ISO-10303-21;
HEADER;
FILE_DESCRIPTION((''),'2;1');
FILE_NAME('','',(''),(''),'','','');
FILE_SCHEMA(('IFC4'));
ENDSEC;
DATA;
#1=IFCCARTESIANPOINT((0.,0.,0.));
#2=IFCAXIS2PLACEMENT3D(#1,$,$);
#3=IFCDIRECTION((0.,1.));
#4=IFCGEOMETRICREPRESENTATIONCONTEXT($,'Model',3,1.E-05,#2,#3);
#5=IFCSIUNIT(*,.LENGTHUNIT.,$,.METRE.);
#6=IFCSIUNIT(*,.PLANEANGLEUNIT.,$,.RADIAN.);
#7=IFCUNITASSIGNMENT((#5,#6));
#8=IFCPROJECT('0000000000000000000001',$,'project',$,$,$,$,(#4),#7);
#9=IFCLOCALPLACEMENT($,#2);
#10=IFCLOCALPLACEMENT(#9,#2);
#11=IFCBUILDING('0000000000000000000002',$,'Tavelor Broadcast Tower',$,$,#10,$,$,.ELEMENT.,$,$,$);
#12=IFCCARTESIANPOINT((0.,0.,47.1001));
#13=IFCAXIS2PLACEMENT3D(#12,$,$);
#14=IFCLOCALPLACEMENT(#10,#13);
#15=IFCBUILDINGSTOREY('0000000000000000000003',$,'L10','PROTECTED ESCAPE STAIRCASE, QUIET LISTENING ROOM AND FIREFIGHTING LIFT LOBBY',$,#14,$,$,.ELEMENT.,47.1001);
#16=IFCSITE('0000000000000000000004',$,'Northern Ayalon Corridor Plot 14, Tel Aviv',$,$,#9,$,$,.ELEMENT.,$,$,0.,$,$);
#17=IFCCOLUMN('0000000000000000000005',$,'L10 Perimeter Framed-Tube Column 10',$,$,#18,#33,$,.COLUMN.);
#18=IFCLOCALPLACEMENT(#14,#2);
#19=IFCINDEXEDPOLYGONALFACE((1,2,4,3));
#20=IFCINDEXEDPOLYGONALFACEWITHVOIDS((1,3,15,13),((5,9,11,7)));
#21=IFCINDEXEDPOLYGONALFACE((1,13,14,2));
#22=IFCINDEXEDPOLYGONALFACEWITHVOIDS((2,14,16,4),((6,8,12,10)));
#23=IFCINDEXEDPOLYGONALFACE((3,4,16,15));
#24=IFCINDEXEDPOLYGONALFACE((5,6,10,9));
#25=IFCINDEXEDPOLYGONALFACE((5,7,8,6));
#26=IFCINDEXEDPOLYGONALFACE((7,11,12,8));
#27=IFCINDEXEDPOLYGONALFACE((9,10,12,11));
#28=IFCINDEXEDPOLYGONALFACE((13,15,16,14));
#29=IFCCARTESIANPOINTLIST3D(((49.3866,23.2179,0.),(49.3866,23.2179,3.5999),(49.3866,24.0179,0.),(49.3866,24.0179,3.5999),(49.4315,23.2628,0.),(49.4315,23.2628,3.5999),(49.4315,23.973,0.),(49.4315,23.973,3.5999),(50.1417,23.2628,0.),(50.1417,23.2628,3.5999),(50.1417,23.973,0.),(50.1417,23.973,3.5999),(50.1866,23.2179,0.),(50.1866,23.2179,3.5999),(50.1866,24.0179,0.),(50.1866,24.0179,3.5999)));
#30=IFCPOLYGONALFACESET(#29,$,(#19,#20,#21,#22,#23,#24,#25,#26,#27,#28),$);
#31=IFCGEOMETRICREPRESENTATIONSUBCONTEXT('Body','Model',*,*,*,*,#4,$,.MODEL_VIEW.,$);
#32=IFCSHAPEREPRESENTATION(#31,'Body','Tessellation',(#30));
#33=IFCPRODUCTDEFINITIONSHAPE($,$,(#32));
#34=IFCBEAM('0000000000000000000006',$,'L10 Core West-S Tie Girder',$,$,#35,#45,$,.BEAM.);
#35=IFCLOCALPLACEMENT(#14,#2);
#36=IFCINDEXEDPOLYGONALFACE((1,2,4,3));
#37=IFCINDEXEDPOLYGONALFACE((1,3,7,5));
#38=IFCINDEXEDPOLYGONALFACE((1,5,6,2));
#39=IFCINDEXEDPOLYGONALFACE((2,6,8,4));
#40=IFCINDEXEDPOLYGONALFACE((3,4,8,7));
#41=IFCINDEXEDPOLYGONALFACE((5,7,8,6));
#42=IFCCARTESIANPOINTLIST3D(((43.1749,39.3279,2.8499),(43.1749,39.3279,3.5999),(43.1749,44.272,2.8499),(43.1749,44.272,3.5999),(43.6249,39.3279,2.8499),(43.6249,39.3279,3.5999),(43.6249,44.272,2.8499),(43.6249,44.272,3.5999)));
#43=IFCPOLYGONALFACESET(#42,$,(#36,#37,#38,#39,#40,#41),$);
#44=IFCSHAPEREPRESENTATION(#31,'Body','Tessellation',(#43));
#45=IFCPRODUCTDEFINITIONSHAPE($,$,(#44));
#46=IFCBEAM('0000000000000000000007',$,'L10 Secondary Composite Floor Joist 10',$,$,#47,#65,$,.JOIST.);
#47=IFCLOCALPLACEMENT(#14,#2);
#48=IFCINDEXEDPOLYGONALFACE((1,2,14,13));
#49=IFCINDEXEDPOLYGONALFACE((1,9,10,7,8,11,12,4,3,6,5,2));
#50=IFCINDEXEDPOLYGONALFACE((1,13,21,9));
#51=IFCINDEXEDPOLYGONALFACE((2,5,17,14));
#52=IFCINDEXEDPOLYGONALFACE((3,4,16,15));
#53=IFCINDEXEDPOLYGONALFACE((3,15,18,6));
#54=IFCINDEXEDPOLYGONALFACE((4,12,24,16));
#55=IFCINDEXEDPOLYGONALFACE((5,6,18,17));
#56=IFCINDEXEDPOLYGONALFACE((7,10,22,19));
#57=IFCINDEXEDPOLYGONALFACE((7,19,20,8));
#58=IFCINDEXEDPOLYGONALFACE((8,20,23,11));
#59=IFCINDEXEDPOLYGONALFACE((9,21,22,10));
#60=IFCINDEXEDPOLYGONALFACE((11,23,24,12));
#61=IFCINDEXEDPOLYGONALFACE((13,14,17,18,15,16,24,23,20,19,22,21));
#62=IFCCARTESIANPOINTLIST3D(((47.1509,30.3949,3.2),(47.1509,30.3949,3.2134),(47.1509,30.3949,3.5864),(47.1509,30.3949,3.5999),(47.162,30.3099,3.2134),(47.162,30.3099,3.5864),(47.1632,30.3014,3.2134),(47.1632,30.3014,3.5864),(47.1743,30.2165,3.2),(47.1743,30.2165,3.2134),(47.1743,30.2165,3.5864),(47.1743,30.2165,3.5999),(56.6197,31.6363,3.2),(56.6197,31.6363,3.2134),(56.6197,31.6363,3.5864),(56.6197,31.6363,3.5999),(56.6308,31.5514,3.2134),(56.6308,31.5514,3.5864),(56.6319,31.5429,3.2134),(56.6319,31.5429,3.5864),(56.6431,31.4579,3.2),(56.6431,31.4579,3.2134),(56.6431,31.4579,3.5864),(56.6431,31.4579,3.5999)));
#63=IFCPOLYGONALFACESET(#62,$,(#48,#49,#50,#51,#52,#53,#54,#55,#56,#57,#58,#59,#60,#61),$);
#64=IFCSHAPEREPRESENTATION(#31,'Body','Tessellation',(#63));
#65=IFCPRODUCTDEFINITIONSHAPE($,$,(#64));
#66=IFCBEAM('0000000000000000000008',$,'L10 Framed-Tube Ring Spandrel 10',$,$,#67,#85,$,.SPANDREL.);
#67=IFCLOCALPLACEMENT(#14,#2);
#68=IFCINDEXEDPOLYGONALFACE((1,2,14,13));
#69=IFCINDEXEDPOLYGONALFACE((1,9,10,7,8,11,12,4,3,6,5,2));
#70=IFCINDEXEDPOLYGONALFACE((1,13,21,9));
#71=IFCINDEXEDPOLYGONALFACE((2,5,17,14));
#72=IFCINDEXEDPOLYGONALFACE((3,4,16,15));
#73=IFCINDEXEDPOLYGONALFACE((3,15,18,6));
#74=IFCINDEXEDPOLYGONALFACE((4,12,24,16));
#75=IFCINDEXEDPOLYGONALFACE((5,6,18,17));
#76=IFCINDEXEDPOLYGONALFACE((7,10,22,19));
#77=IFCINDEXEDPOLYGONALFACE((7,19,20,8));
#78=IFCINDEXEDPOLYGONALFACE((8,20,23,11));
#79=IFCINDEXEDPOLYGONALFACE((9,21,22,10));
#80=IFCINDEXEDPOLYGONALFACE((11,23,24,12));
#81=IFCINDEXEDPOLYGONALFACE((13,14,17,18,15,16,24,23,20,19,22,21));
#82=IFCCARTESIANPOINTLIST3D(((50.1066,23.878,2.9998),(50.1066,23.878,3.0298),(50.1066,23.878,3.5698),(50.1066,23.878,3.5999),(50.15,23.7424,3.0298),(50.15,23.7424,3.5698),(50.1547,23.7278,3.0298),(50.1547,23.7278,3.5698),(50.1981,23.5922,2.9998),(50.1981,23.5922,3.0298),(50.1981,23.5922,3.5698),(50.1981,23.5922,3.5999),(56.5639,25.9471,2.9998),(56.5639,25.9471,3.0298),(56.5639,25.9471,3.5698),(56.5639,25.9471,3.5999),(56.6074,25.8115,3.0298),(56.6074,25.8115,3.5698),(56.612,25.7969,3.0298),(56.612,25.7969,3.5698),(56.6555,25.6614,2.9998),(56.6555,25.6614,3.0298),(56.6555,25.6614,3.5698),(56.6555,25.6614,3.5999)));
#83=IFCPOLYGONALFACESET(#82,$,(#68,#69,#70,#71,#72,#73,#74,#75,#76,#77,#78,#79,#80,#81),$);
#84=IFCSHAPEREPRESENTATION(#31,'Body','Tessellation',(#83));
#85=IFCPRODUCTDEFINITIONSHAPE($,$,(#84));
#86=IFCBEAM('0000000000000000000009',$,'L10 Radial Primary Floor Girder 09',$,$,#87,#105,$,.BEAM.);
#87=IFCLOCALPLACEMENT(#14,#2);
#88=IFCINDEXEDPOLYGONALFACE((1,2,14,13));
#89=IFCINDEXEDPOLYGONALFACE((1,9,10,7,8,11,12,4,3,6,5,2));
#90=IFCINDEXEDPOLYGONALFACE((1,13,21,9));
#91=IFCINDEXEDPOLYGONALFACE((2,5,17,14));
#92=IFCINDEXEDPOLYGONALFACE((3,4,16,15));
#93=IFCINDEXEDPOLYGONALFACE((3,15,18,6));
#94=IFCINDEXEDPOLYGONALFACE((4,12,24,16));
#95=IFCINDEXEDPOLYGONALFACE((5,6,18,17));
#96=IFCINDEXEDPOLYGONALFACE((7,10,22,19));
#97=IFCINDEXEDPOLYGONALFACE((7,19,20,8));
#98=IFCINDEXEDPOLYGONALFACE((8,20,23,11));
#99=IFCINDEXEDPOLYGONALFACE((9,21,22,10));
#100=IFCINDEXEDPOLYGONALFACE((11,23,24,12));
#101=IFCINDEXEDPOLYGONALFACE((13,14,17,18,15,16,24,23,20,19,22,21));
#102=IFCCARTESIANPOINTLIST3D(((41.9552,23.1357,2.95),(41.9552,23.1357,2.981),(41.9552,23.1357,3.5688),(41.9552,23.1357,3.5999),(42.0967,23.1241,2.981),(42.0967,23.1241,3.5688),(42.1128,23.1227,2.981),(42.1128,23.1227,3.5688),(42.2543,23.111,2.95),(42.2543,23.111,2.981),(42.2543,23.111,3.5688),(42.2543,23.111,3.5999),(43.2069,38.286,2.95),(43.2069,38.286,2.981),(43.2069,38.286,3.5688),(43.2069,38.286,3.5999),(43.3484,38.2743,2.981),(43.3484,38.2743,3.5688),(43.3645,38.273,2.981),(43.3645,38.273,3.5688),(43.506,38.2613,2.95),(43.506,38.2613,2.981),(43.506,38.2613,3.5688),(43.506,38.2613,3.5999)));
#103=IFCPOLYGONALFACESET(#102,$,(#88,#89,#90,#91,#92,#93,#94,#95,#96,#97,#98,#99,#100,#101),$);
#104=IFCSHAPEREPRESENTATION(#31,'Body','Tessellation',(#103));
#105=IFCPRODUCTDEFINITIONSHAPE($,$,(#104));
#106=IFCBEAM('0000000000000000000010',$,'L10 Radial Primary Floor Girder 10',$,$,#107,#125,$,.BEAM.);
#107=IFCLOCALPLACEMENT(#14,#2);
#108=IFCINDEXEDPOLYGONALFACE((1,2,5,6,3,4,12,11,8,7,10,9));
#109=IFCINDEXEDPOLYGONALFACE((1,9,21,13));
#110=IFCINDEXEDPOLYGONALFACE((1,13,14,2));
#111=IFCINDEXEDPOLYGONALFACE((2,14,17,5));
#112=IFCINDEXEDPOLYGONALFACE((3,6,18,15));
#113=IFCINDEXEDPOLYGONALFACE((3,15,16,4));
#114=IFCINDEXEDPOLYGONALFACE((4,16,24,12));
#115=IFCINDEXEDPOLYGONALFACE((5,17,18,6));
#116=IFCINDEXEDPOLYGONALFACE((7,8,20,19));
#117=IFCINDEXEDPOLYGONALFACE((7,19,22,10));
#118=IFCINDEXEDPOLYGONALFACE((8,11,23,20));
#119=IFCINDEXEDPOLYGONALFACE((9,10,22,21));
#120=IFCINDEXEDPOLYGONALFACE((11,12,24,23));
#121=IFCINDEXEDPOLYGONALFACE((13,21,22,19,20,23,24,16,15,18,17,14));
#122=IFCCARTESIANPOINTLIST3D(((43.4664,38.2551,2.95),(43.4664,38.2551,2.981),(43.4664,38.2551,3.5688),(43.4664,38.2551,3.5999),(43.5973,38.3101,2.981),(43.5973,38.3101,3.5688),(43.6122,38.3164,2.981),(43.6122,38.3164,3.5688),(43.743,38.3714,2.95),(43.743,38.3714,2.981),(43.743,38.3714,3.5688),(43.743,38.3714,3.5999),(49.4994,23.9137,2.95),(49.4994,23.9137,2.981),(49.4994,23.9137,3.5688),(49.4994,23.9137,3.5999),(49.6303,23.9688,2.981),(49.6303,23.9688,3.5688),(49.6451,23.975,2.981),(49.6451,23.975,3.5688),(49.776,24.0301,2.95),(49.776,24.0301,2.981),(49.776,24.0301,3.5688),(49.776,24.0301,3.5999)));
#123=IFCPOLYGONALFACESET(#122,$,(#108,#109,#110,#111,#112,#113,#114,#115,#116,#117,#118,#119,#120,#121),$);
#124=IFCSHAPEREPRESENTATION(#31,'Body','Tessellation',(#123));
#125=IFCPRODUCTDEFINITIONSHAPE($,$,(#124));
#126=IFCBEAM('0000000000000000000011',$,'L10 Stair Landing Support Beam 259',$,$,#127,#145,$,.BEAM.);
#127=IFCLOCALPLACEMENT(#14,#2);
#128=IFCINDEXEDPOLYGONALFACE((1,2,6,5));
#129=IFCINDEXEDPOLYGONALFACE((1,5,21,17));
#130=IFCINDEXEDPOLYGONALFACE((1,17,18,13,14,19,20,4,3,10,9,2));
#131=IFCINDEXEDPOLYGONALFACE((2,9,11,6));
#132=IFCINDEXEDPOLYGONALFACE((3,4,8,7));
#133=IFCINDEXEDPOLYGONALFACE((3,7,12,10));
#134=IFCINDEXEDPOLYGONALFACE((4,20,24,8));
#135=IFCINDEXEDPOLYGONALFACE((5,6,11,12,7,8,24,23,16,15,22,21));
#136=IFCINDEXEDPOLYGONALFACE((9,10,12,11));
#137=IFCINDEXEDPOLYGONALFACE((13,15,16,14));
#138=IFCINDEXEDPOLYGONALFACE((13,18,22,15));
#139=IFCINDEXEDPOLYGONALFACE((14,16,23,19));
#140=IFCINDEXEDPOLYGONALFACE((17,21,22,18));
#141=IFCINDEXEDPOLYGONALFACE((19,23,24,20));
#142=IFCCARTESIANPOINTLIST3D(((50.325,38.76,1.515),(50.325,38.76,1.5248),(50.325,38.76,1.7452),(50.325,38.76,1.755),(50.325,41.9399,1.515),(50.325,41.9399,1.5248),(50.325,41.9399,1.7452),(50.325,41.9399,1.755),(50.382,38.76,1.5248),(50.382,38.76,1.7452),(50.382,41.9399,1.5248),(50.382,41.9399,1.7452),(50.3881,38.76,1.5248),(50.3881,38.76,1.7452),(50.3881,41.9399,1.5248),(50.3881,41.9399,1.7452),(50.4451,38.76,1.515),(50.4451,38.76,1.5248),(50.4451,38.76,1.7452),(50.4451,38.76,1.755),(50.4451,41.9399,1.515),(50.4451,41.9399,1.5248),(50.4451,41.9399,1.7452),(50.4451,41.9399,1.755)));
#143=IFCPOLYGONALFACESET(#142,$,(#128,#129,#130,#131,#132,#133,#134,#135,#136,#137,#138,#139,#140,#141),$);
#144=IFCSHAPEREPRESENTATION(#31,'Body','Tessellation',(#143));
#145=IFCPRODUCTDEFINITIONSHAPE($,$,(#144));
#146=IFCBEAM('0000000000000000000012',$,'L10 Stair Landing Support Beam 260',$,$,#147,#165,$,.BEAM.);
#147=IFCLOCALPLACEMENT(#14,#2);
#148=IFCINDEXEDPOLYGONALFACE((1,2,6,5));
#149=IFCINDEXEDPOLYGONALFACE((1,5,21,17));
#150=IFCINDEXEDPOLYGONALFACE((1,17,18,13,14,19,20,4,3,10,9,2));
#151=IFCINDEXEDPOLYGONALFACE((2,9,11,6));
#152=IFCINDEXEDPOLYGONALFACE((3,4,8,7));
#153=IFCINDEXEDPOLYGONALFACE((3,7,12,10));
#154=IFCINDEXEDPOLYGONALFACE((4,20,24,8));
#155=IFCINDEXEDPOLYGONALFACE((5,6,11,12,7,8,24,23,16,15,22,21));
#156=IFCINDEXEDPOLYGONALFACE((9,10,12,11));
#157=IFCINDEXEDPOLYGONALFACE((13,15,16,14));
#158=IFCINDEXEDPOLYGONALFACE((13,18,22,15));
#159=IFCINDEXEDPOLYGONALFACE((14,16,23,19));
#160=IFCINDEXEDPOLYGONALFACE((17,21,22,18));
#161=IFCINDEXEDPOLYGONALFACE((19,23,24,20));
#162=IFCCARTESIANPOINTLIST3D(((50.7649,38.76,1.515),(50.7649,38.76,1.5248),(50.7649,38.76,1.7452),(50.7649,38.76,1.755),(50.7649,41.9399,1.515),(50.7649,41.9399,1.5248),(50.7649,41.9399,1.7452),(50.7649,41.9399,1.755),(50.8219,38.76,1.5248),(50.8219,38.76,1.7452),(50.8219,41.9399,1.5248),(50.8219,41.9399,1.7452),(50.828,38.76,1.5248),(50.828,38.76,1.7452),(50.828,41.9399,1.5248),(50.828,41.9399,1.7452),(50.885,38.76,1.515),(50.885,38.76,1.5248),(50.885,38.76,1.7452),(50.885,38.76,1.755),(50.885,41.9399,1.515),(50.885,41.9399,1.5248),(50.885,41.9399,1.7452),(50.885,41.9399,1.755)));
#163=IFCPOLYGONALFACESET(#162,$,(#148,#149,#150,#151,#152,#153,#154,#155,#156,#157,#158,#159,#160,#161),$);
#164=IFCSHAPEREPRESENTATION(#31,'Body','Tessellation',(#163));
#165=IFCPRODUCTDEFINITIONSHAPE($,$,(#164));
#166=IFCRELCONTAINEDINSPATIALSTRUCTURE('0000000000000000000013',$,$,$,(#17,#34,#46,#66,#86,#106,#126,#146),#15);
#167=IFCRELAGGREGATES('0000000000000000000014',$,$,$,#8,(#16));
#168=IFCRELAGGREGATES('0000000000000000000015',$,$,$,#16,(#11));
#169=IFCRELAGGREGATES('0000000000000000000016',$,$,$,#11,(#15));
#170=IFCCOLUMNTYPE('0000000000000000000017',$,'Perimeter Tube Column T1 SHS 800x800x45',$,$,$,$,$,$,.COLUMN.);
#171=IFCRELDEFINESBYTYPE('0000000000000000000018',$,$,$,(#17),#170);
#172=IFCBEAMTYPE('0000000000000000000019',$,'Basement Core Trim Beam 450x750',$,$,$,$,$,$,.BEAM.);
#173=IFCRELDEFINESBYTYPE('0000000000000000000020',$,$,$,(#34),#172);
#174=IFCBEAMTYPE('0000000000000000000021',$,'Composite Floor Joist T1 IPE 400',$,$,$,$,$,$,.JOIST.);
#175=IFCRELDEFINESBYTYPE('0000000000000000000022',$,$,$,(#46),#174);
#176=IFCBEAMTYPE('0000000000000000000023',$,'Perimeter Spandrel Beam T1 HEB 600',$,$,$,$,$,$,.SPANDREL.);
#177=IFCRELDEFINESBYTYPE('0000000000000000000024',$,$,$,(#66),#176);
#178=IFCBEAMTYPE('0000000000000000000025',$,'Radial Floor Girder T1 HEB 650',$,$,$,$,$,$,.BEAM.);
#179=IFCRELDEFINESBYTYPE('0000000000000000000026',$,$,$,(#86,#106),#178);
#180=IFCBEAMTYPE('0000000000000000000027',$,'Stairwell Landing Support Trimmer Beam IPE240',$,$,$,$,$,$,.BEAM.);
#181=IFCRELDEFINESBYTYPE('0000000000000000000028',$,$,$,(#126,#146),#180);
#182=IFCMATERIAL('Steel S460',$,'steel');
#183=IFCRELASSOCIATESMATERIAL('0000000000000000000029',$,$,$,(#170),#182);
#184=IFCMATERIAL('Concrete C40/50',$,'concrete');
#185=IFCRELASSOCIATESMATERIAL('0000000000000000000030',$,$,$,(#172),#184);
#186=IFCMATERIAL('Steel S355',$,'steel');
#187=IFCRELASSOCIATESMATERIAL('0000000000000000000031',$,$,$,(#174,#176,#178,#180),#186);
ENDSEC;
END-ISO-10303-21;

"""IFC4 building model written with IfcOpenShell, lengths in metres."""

from ifc_helpers import new_model, si_unit, direction, frame, origin, origin_2d, place, context, subcontext, project, spatial, rectangle, hollow_rectangle, i_section, extrude, material, material_profile, profile_set, type_object, element, save


model = new_model("IFC4")

# Units and contexts
model_context = context("Model", 3, precision=1e-05, world=origin(), true_north=direction((0.0, 1.0)))
body_context = subcontext(model_context, "Body", "Model", "MODEL_VIEW")
ifc_project = project(units=[si_unit("LENGTHUNIT", "METRE"), si_unit("PLANEANGLEUNIT", "RADIAN")], contexts=[model_context])

# Site, building, storey
site_placement = place(None, origin())
site = spatial("IfcSite", under=ifc_project, at=site_placement, Name="Northern Ayalon Corridor Plot 14, Tel Aviv", CompositionType="ELEMENT", RefElevation=0.0)
building_placement = place(site_placement, origin())
building = spatial("IfcBuilding", under=site, at=building_placement, Name="Tavelor Broadcast Tower", CompositionType="ELEMENT")
storey_placement = place(building_placement, frame((0.0, 0.0, 47.1001)))
storey = spatial("IfcBuildingStorey", under=building, at=storey_placement, Name="L10", Description="PROTECTED ESCAPE STAIRCASE, QUIET LISTENING ROOM AND FIREFIGHTING LIFT LOBBY", CompositionType="ELEMENT", Elevation=47.1001)

# Column
ifc_material_1 = material(Name="Steel S460", Category="steel")
ifc_material_profile_1 = material_profile(ifc_material_1, hollow_rectangle(XDim=0.8, YDim=0.8, WallThickness=0.0449, at=origin_2d()), Name="SHS 800x800x45")
ifc_profile_set_1 = profile_set([ifc_material_profile_1], Name="Steel S460")
column_type = type_object("IfcColumnType", Name="Perimeter Tube Column T1 SHS 800x800x45", PredefinedType="COLUMN", material=ifc_profile_set_1)
column_placement = place(storey_placement, frame((49.7866, 23.6179, 0.0), z_axis=(0.0, 0.0, 1.0), x_axis=(1.0, 0.0, 0.0)))
element("IfcColumn", 1, at=column_placement, inside=storey, type_object=column_type, Name="L10 Perimeter Framed-Tube Column 10", PredefinedType="COLUMN", context=body_context, shape_type="SweptSolid", body=[
    extrude(hollow_rectangle(XDim=0.8, YDim=0.8, WallThickness=0.0449, at=origin_2d()), origin(), (0.0, 0.0, 1.0), 3.5999),
])

# Beams
ifc_material_2 = material(Name="Concrete C40/50", Category="concrete")
ifc_material_profile_2 = material_profile(ifc_material_2, rectangle(XDim=0.45, YDim=0.75, at=origin_2d()), Name="RC 450x750")
ifc_profile_set_2 = profile_set([ifc_material_profile_2], Name="Concrete C40/50")
beam_type_1 = type_object("IfcBeamType", Name="Basement Core Trim Beam 450x750", PredefinedType="BEAM", material=ifc_profile_set_2)
beam_1_placement = place(storey_placement, frame((43.3999, 39.3279, 3.2249), z_axis=(0.0, 1.0, 0.0), x_axis=(-1.0, 0.0, 0.0)))
element("IfcBeam", 2, at=beam_1_placement, inside=storey, type_object=beam_type_1, Name="L10 Core West-S Tie Girder", PredefinedType="BEAM", context=body_context, shape_type="SweptSolid", body=[
    extrude(rectangle(XDim=0.45, YDim=0.75, at=origin_2d()), origin(), (0.0, 0.0, 1.0), 4.9441),
])
ifc_material_3 = material(Name="Steel S355", Category="steel")
ifc_material_profile_3 = material_profile(ifc_material_3, i_section(OverallWidth=0.1799, OverallDepth=0.3999, WebThickness=0.0085, FlangeThickness=0.0134, at=origin_2d()), Name="IPE 400")
ifc_profile_set_3 = profile_set([ifc_material_profile_3], Name="Steel S355")
beam_type_2 = type_object("IfcBeamType", Name="Composite Floor Joist T1 IPE 400", PredefinedType="JOIST", material=ifc_profile_set_3)
beam_2_placement = place(storey_placement, frame((47.1626, 30.3057, 3.3999), z_axis=(0.991514, 0.129998, 0.0), x_axis=(-0.129998, 0.991514, 0.0)))
element("IfcBeam", 3, at=beam_2_placement, inside=storey, type_object=beam_type_2, Name="L10 Secondary Composite Floor Joist 10", PredefinedType="JOIST", context=body_context, shape_type="SweptSolid", body=[
    extrude(i_section(OverallWidth=0.1799, OverallDepth=0.3999, WebThickness=0.0085, FlangeThickness=0.0134, at=origin_2d()), origin(), (0.0, 0.0, 1.0), 9.5498),
])
ifc_material_profile_4 = material_profile(ifc_material_3, i_section(OverallWidth=0.3, OverallDepth=0.6001, WebThickness=0.0154, FlangeThickness=0.03, at=origin_2d()), Name="HEB 600")
ifc_profile_set_4 = profile_set([ifc_material_profile_4], Name="Steel S355")
beam_type_3 = type_object("IfcBeamType", Name="Perimeter Spandrel Beam T1 HEB 600", PredefinedType="SPANDREL", material=ifc_profile_set_4)
beam_3_placement = place(storey_placement, frame((50.1523, 23.7351, 3.2998), z_axis=(0.952306, 0.305145, 0.0), x_axis=(-0.305145, 0.952306, 0.0)))
element("IfcBeam", 4, at=beam_3_placement, inside=storey, type_object=beam_type_3, Name="L10 Framed-Tube Ring Spandrel 10", PredefinedType="SPANDREL", context=body_context, shape_type="SweptSolid", body=[
    extrude(i_section(OverallWidth=0.3, OverallDepth=0.6001, WebThickness=0.0154, FlangeThickness=0.03, at=origin_2d()), origin(), (0.0, 0.0, 1.0), 6.7808),
])
ifc_material_profile_5 = material_profile(ifc_material_3, i_section(OverallWidth=0.3, OverallDepth=0.6499, WebThickness=0.0161, FlangeThickness=0.031, at=origin_2d()), Name="HEB 650")
ifc_profile_set_5 = profile_set([ifc_material_profile_5], Name="Steel S355")
beam_type_4 = type_object("IfcBeamType", Name="Radial Floor Girder T1 HEB 650", PredefinedType="BEAM", material=ifc_profile_set_5)
beam_4_placement = place(storey_placement, frame((43.3564, 38.2737, 3.2749), z_axis=(-0.082338, -0.996604, 0.0), x_axis=(0.996604, -0.082338, 0.0)))
element("IfcBeam", 5, at=beam_4_placement, inside=storey, type_object=beam_type_4, Name="L10 Radial Primary Floor Girder 09", PredefinedType="BEAM", context=body_context, shape_type="SweptSolid", body=[
    extrude(i_section(OverallWidth=0.3, OverallDepth=0.6499, WebThickness=0.0161, FlangeThickness=0.031, at=origin_2d()), origin(), (0.0, 0.0, 1.0), 15.2019),
])
beam_5_placement = place(storey_placement, frame((43.6047, 38.3132, 3.2749), z_axis=(0.387757, -0.921761, 0.0), x_axis=(0.921761, 0.387757, 0.0)))
element("IfcBeam", 6, at=beam_5_placement, inside=storey, type_object=beam_type_4, Name="L10 Radial Primary Floor Girder 10", PredefinedType="BEAM", context=body_context, shape_type="SweptSolid", body=[
    extrude(i_section(OverallWidth=0.3, OverallDepth=0.6499, WebThickness=0.0161, FlangeThickness=0.031, at=origin_2d()), origin(), (0.0, 0.0, 1.0), 15.5586),
])
ifc_material_profile_6 = material_profile(ifc_material_3, i_section(OverallWidth=0.1201, OverallDepth=0.24, WebThickness=0.0061, FlangeThickness=0.0098, at=origin_2d()), Name="IPE 240")
ifc_profile_set_6 = profile_set([ifc_material_profile_6], Name="Steel S355")
beam_type_5 = type_object("IfcBeamType", Name="Stairwell Landing Support Trimmer Beam IPE240", PredefinedType="BEAM", material=ifc_profile_set_6)
for number, where, z_axis, x_axis, name in (
    (7, (50.385, 38.76, 1.635), (0.0, 1.0, 0.0), (-1.0, 0.0, 0.0), "L10 Stair Landing Support Beam 259"),
    (8, (50.825, 38.76, 1.635), (0.0, 1.0, 0.0), (-1.0, 0.0, 0.0), "L10 Stair Landing Support Beam 260"),
):
    element("IfcBeam", number, at=place(storey_placement, frame(where, z_axis=z_axis, x_axis=x_axis)), inside=storey, type_object=beam_type_5, Name=name, PredefinedType="BEAM", context=body_context, shape_type="SweptSolid", body=[
        extrude(i_section(OverallWidth=0.1201, OverallDepth=0.24, WebThickness=0.0061, FlangeThickness=0.0098, at=origin_2d()), origin(), (0.0, 0.0, 1.0), 3.1799),
    ])

save(model, "model.ifc")
